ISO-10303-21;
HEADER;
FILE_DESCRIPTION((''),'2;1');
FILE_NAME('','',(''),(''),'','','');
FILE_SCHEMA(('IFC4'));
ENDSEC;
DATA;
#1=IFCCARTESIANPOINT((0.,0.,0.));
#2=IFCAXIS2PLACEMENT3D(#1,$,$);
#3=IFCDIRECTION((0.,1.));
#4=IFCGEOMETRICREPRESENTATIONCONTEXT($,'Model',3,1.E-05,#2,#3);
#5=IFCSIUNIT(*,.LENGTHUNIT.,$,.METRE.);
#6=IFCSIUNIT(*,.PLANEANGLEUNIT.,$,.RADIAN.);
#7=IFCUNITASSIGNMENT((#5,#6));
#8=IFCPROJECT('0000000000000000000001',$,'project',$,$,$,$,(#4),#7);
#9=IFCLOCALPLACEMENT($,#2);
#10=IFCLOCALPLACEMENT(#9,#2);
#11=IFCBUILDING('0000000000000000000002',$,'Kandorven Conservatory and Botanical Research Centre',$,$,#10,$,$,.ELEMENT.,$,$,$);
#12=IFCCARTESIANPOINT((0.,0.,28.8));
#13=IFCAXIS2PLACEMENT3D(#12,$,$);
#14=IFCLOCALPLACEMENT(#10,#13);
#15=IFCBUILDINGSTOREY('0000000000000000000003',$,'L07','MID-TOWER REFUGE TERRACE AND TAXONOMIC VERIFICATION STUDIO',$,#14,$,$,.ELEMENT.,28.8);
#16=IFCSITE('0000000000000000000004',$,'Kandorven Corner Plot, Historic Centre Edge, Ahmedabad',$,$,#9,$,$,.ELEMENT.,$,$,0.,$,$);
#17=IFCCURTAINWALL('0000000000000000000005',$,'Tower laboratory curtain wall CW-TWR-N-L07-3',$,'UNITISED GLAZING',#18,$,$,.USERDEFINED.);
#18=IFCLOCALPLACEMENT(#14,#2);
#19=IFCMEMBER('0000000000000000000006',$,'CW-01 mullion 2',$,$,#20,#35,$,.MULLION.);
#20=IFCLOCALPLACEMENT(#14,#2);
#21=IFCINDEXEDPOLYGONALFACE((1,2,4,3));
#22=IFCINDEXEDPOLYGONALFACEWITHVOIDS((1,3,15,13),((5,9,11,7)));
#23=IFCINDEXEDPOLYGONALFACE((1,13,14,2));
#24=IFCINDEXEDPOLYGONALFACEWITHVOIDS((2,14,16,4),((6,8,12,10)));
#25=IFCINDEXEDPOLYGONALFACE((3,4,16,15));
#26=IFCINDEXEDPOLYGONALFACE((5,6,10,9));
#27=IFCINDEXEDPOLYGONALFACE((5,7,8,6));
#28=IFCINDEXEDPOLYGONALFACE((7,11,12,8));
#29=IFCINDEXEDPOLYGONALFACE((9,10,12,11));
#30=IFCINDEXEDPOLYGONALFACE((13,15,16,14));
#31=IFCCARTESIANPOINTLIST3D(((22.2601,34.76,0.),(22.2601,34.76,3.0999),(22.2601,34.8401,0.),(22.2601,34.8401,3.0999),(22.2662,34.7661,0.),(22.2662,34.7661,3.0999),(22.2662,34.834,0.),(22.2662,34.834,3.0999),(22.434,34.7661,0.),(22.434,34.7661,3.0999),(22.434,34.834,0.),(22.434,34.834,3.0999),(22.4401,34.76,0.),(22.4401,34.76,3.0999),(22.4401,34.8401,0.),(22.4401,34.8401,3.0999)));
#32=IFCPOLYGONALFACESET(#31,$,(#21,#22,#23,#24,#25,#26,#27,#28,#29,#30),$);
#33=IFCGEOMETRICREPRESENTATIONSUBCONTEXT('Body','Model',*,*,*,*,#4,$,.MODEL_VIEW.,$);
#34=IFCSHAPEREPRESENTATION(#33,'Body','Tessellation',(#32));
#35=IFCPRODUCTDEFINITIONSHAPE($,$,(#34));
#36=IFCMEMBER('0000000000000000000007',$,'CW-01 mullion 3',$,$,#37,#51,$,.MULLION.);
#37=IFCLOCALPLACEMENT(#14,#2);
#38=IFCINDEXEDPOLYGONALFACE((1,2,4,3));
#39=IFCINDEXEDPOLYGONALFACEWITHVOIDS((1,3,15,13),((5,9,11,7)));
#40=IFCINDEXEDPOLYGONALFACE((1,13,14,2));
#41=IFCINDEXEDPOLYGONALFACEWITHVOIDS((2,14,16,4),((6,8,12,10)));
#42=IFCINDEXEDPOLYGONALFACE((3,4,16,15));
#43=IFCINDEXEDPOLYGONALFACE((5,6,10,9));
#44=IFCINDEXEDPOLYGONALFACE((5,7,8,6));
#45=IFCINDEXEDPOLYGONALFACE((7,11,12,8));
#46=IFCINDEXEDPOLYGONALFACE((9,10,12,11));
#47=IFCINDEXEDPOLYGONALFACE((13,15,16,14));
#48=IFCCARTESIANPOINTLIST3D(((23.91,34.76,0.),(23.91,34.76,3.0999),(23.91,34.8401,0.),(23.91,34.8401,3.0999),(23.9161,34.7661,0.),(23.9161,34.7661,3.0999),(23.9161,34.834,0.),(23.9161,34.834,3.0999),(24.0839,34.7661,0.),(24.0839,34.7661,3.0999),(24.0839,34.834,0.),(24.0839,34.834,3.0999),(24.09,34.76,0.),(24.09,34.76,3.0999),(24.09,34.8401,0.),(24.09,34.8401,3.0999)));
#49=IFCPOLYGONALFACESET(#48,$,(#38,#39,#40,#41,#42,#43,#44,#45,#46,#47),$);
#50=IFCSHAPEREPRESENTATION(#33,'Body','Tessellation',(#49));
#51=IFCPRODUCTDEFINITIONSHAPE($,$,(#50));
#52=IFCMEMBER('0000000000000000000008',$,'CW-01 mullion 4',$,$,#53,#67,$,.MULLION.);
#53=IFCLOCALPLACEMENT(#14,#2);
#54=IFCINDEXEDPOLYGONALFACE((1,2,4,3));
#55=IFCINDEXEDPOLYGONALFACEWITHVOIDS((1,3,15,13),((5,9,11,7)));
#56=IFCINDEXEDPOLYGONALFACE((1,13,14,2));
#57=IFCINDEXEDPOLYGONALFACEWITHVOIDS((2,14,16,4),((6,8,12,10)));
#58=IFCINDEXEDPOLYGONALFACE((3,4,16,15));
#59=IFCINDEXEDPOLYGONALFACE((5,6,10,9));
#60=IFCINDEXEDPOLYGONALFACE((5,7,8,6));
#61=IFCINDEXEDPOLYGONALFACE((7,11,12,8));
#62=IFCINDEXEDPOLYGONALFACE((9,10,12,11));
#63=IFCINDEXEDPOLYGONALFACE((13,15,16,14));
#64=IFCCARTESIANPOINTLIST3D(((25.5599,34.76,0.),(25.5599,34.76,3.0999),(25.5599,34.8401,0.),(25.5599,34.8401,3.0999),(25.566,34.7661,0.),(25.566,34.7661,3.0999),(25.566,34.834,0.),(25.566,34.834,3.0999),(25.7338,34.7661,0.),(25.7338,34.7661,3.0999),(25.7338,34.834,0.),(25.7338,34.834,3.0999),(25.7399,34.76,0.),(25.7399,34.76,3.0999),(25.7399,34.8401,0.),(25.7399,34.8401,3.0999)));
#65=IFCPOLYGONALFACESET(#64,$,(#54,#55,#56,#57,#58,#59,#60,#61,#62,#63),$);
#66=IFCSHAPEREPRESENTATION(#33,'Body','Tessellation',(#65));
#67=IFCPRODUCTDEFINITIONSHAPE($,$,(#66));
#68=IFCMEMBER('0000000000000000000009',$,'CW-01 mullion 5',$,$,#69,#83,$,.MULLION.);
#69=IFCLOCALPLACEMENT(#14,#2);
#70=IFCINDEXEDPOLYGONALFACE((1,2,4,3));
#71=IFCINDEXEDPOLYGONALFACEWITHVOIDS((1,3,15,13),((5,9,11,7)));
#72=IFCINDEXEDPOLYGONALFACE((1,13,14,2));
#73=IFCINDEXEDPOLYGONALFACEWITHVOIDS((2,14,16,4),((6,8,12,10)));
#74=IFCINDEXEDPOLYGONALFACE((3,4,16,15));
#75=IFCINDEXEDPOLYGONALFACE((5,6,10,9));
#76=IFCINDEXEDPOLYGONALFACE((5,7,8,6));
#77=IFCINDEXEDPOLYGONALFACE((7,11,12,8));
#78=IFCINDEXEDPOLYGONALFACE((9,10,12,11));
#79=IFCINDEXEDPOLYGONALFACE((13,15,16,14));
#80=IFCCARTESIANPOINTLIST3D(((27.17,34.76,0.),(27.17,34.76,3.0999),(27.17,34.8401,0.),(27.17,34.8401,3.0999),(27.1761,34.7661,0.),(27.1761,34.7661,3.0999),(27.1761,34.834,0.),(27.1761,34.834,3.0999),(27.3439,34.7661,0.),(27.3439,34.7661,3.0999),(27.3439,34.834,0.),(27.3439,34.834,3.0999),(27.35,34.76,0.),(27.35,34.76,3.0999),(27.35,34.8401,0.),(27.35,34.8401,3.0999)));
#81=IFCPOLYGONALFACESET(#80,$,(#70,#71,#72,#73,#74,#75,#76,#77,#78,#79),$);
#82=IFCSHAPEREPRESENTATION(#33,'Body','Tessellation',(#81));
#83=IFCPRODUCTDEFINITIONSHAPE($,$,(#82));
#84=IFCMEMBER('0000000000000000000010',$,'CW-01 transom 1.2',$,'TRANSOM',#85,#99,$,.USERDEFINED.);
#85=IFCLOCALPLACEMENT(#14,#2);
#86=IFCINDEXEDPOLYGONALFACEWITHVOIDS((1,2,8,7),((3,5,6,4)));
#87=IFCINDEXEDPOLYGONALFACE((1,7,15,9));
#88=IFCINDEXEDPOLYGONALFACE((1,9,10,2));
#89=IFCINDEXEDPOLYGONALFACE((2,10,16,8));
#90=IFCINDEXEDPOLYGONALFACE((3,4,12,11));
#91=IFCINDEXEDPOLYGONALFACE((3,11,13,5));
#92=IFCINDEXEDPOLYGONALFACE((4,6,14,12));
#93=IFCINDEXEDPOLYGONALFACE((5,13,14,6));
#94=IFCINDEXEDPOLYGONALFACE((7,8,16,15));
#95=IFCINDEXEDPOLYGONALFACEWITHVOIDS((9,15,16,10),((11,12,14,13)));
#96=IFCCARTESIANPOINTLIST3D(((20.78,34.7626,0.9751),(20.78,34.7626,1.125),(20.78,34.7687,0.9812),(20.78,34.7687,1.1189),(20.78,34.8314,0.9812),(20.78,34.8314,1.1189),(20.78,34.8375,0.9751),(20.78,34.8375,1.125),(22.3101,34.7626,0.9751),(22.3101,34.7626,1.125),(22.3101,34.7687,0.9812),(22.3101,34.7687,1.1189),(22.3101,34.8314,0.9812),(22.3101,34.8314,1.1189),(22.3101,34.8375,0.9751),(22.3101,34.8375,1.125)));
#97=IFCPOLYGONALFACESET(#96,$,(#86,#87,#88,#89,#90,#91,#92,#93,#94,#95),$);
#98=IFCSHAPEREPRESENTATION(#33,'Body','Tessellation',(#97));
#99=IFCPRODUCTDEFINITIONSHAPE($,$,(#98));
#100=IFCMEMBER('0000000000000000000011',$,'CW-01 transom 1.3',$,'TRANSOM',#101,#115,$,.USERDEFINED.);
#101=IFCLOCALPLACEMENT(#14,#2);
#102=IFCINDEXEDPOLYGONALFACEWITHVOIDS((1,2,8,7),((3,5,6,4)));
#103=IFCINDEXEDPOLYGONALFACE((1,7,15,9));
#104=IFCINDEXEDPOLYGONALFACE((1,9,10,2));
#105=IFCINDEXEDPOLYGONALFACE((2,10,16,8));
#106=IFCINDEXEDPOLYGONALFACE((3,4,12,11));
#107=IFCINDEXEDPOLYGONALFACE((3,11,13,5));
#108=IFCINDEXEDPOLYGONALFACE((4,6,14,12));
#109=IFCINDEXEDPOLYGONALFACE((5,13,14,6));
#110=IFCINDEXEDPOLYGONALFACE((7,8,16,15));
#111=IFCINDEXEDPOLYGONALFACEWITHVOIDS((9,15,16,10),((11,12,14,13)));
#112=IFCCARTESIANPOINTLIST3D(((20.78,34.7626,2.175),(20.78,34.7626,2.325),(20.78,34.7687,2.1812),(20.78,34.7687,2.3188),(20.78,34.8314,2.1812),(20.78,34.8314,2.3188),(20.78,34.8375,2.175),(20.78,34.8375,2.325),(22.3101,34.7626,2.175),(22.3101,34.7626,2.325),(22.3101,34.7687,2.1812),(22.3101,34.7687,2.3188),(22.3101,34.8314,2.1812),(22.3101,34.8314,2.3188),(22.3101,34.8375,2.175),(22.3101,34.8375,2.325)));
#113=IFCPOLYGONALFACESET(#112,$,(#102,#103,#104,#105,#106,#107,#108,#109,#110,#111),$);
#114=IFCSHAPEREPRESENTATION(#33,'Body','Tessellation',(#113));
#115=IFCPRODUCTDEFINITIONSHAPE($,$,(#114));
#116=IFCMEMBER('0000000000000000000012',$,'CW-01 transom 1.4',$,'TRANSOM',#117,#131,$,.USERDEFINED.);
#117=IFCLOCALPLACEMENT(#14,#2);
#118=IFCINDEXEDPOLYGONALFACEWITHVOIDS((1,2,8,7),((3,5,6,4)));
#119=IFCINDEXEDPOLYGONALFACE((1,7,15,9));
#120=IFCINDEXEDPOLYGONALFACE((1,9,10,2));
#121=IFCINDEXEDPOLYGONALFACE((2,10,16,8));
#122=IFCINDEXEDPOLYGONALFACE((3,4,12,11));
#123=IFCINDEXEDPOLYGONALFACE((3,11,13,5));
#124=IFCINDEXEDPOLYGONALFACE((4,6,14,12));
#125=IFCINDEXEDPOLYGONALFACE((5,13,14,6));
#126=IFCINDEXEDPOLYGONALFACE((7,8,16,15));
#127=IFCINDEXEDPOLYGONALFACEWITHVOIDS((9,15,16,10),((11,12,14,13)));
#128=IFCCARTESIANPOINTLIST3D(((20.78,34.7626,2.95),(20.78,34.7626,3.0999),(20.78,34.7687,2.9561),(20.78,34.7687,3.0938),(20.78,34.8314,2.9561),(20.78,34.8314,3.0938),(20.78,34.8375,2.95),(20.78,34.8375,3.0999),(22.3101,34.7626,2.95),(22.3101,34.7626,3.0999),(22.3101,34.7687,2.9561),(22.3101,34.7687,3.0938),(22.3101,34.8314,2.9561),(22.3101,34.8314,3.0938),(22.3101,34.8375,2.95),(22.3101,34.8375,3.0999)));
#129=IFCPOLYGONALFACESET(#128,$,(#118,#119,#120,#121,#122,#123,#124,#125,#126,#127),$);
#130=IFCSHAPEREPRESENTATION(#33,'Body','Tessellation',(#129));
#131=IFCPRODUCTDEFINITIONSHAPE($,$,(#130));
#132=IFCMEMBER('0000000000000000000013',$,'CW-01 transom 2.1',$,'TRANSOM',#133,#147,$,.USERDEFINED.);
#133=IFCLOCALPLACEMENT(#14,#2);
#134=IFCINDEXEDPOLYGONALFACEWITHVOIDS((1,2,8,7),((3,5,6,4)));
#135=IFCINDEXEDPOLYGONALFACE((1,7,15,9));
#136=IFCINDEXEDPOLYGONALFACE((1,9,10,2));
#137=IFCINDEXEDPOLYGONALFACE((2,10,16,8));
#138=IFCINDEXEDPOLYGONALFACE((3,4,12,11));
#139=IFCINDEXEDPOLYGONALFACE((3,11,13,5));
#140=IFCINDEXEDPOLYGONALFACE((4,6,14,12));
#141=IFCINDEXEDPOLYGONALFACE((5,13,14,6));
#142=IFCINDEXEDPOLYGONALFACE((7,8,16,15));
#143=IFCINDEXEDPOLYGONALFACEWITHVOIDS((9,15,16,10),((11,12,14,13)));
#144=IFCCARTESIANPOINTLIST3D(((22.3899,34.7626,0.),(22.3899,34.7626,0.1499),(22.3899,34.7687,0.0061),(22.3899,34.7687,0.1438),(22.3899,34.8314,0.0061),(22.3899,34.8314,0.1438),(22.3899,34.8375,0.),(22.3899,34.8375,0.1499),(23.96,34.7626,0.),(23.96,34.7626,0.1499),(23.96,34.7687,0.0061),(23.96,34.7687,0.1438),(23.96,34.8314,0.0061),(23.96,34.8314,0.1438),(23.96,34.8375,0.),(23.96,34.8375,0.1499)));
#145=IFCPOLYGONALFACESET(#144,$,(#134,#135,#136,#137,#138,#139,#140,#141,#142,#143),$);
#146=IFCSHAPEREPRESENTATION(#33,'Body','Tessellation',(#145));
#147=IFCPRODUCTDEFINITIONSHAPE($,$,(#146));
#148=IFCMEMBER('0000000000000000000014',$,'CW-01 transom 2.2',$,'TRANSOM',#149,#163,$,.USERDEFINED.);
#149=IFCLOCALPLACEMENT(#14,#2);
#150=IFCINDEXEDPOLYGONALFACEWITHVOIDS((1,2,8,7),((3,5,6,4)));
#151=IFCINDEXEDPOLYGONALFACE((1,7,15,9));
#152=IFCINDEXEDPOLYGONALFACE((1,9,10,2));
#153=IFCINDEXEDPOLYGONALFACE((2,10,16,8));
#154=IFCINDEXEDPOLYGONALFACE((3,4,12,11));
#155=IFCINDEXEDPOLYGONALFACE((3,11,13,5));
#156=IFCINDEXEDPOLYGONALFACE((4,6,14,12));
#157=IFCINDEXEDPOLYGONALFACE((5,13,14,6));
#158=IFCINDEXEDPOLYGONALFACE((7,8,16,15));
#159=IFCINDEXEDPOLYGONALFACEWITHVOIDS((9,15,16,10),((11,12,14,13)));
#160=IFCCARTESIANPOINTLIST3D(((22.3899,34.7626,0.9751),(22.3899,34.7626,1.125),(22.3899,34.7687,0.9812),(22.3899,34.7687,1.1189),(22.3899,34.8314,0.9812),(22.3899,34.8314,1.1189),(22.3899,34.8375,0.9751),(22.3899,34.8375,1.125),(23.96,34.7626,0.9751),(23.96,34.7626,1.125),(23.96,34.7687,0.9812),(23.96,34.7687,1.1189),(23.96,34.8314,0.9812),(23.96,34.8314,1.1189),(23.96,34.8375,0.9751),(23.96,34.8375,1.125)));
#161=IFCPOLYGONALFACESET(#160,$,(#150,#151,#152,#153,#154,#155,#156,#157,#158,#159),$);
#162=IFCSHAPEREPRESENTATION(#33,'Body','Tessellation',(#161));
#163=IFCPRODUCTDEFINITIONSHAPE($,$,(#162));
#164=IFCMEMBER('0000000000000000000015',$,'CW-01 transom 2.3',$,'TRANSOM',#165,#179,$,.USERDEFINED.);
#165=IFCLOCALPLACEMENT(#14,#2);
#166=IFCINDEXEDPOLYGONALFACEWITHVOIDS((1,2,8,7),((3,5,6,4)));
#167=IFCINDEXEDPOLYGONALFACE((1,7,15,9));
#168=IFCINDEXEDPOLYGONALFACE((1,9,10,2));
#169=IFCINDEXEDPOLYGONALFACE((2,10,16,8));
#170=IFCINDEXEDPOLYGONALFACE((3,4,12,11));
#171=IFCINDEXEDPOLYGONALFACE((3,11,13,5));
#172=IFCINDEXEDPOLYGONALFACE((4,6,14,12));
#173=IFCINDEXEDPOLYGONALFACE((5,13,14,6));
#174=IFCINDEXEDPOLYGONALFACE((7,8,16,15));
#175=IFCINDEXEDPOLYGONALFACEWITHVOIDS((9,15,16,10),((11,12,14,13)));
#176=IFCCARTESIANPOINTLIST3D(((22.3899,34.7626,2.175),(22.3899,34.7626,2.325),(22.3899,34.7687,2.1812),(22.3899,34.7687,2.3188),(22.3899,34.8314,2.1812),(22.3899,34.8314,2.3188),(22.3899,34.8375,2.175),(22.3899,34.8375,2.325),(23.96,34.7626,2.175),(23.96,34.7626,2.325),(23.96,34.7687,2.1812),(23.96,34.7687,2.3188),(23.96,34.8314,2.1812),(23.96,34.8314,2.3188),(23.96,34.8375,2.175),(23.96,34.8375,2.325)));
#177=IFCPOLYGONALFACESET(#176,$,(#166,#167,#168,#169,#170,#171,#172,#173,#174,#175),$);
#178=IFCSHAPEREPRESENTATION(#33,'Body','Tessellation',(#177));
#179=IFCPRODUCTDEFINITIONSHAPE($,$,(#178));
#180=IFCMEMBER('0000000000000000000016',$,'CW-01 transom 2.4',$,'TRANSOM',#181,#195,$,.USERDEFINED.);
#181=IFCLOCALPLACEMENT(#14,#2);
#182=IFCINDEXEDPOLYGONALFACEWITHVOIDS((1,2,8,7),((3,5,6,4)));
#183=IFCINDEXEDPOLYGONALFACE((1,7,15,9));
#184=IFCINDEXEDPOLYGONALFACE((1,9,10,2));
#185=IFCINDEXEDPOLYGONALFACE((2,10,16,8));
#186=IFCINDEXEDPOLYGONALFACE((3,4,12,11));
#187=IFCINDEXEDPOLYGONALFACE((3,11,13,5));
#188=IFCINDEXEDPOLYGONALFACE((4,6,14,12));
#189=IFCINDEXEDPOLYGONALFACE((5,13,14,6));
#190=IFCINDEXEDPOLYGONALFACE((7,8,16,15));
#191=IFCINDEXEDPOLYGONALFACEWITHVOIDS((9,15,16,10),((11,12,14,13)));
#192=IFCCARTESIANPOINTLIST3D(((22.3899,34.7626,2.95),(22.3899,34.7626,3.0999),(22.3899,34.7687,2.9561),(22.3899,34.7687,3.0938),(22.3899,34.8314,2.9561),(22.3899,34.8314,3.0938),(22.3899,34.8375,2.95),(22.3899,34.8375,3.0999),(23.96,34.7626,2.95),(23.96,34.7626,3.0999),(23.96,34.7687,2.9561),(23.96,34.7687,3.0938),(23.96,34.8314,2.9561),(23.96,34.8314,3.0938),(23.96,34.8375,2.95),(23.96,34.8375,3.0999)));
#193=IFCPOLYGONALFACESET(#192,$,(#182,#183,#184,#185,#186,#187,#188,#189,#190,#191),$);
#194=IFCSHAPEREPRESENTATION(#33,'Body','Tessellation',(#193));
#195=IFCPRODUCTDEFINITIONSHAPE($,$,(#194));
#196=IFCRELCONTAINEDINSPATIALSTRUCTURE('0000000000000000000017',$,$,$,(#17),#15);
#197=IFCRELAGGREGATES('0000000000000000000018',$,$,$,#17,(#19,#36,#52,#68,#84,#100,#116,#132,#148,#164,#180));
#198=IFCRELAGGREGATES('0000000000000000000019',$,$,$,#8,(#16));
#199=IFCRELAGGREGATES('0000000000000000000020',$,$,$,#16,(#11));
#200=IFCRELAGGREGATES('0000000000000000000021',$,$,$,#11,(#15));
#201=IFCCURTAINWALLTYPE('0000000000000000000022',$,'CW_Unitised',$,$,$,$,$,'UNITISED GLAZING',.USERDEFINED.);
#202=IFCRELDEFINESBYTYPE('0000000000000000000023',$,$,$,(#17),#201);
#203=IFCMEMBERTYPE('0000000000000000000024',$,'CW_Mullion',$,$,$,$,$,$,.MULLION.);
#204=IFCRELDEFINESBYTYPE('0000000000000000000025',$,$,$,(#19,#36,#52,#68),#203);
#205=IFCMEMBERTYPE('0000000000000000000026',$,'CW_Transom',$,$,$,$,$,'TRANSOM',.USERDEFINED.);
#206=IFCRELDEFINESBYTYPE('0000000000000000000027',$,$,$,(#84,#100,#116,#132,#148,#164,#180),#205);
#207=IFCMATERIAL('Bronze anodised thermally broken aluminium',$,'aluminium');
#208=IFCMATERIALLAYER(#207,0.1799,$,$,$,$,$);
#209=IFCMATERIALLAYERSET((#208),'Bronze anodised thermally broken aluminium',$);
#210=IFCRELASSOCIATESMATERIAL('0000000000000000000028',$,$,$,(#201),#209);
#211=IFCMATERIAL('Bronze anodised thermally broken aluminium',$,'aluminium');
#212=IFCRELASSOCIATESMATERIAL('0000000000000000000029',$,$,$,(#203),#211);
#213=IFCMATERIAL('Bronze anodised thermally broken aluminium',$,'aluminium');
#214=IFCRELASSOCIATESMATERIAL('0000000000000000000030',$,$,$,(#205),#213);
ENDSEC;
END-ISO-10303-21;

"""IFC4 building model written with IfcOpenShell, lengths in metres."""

from ifc_helpers import new_model, si_unit, direction, frame, origin, origin_2d, place, context, subcontext, project, spatial, hollow_rectangle, extrude, material, layer, layer_set, material_profile, profile_set, type_object, element, aggregate, save


model = new_model("IFC4")

# Units and contexts
model_context = context("Model", 3, precision=1e-05, world=origin(), true_north=direction((0.0, 1.0)))
body_context = subcontext(model_context, "Body", "Model", "MODEL_VIEW")
ifc_project = project(units=[si_unit("LENGTHUNIT", "METRE"), si_unit("PLANEANGLEUNIT", "RADIAN")], contexts=[model_context])

# Site, building, storey
site_placement = place(None, origin())
site = spatial("IfcSite", under=ifc_project, at=site_placement, Name="Kandorven Corner Plot, Historic Centre Edge, Ahmedabad", CompositionType="ELEMENT", RefElevation=0.0)
building_placement = place(site_placement, origin())
building = spatial("IfcBuilding", under=site, at=building_placement, Name="Kandorven Conservatory and Botanical Research Centre", CompositionType="ELEMENT")
storey_placement = place(building_placement, frame((0.0, 0.0, 28.8)))
storey = spatial("IfcBuildingStorey", under=building, at=storey_placement, Name="L07", Description="MID-TOWER REFUGE TERRACE AND TAXONOMIC VERIFICATION STUDIO", CompositionType="ELEMENT", Elevation=28.8)

# Curtain wall, members
ifc_material_1 = material(Name="Bronze anodised thermally broken aluminium", Category="aluminium")
ifc_layer_1 = layer(ifc_material_1, 0.1799)
ifc_layer_set_1 = layer_set([ifc_layer_1], Name="Bronze anodised thermally broken aluminium")
curtain_wall_type = type_object("IfcCurtainWallType", Name="CW_Unitised", ElementType="UNITISED GLAZING", PredefinedType="USERDEFINED", material=ifc_layer_set_1)
curtain_wall_placement = place(storey_placement, origin())
curtain_wall = element("IfcCurtainWall", 1, at=curtain_wall_placement, inside=storey, type_object=curtain_wall_type, Name="Tower laboratory curtain wall CW-TWR-N-L07-3", ObjectType="UNITISED GLAZING", PredefinedType="USERDEFINED")
ifc_material_2 = material(Name="Bronze anodised thermally broken aluminium", Category="aluminium")
ifc_material_profile_1 = material_profile(ifc_material_2, hollow_rectangle(XDim=0.0801, YDim=0.1799, WallThickness=0.0061, at=origin_2d()))
ifc_profile_set_1 = profile_set([ifc_material_profile_1], Name="Bronze anodised thermally broken aluminium")
member_type_1 = type_object("IfcMemberType", Name="CW_Mullion", PredefinedType="MULLION", material=ifc_profile_set_1)
member_1_placement = place(storey_placement, frame((22.3501, 34.8, 0.0), z_axis=(0.0, 0.0, 1.0), x_axis=(0.0, 1.0, 0.0)))
member_1 = element("IfcMember", 2, at=member_1_placement, type_object=member_type_1, Name="CW-01 mullion 2", PredefinedType="MULLION", context=body_context, shape_type="SweptSolid", body=[
    extrude(hollow_rectangle(XDim=0.0801, YDim=0.1799, WallThickness=0.0061, at=origin_2d()), origin(), (0.0, 0.0, 1.0), 3.0999),
])
member_2_placement = place(storey_placement, frame((24.0, 34.8, 0.0), z_axis=(0.0, 0.0, 1.0), x_axis=(0.0, 1.0, 0.0)))
member_2 = element("IfcMember", 3, at=member_2_placement, type_object=member_type_1, Name="CW-01 mullion 3", PredefinedType="MULLION", context=body_context, shape_type="SweptSolid", body=[
    extrude(hollow_rectangle(XDim=0.0801, YDim=0.1799, WallThickness=0.0061, at=origin_2d()), origin(), (0.0, 0.0, 1.0), 3.0999),
])
member_3_placement = place(storey_placement, frame((25.6499, 34.8, 0.0), z_axis=(0.0, 0.0, 1.0), x_axis=(0.0, 1.0, 0.0)))
member_3 = element("IfcMember", 4, at=member_3_placement, type_object=member_type_1, Name="CW-01 mullion 4", PredefinedType="MULLION", context=body_context, shape_type="SweptSolid", body=[
    extrude(hollow_rectangle(XDim=0.0801, YDim=0.1799, WallThickness=0.0061, at=origin_2d()), origin(), (0.0, 0.0, 1.0), 3.0999),
])
member_4_placement = place(storey_placement, frame((27.26, 34.8, 0.0), z_axis=(0.0, 0.0, 1.0), x_axis=(0.0, 1.0, 0.0)))
member_4 = element("IfcMember", 5, at=member_4_placement, type_object=member_type_1, Name="CW-01 mullion 5", PredefinedType="MULLION", context=body_context, shape_type="SweptSolid", body=[
    extrude(hollow_rectangle(XDim=0.0801, YDim=0.1799, WallThickness=0.0061, at=origin_2d()), origin(), (0.0, 0.0, 1.0), 3.0999),
])
ifc_material_3 = material(Name="Bronze anodised thermally broken aluminium", Category="aluminium")
ifc_material_profile_2 = material_profile(ifc_material_3, hollow_rectangle(XDim=0.075, YDim=0.1499, WallThickness=0.0061, at=origin_2d()))
ifc_profile_set_2 = profile_set([ifc_material_profile_2], Name="Bronze anodised thermally broken aluminium")
member_type_2 = type_object("IfcMemberType", Name="CW_Transom", ElementType="TRANSOM", PredefinedType="USERDEFINED", material=ifc_profile_set_2)
member_5_placement = place(storey_placement, frame((20.78, 34.8, 1.05), z_axis=(1.0, 0.0, 0.0), x_axis=(0.0, 1.0, 0.0)))
member_5 = element("IfcMember", 6, at=member_5_placement, type_object=member_type_2, Name="CW-01 transom 1.2", ObjectType="TRANSOM", PredefinedType="USERDEFINED", context=body_context, shape_type="SweptSolid", body=[
    extrude(hollow_rectangle(XDim=0.075, YDim=0.1499, WallThickness=0.0061, at=origin_2d()), origin(), (0.0, 0.0, 1.0), 1.53),
])
member_6_placement = place(storey_placement, frame((20.78, 34.8, 2.25), z_axis=(1.0, 0.0, 0.0), x_axis=(0.0, 1.0, 0.0)))
member_6 = element("IfcMember", 7, at=member_6_placement, type_object=member_type_2, Name="CW-01 transom 1.3", ObjectType="TRANSOM", PredefinedType="USERDEFINED", context=body_context, shape_type="SweptSolid", body=[
    extrude(hollow_rectangle(XDim=0.075, YDim=0.1499, WallThickness=0.0061, at=origin_2d()), origin(), (0.0, 0.0, 1.0), 1.53),
])
member_7_placement = place(storey_placement, frame((20.78, 34.8, 3.0249), z_axis=(1.0, 0.0, 0.0), x_axis=(0.0, 1.0, 0.0)))
member_7 = element("IfcMember", 8, at=member_7_placement, type_object=member_type_2, Name="CW-01 transom 1.4", ObjectType="TRANSOM", PredefinedType="USERDEFINED", context=body_context, shape_type="SweptSolid", body=[
    extrude(hollow_rectangle(XDim=0.075, YDim=0.1499, WallThickness=0.0061, at=origin_2d()), origin(), (0.0, 0.0, 1.0), 1.53),
])
member_8_placement = place(storey_placement, frame((22.3899, 34.8, 0.075), z_axis=(1.0, 0.0, 0.0), x_axis=(0.0, 1.0, 0.0)))
member_8 = element("IfcMember", 9, at=member_8_placement, type_object=member_type_2, Name="CW-01 transom 2.1", ObjectType="TRANSOM", PredefinedType="USERDEFINED", context=body_context, shape_type="SweptSolid", body=[
    extrude(hollow_rectangle(XDim=0.075, YDim=0.1499, WallThickness=0.0061, at=origin_2d()), origin(), (0.0, 0.0, 1.0), 1.5701),
])
member_9_placement = place(storey_placement, frame((22.3899, 34.8, 1.05), z_axis=(1.0, 0.0, 0.0), x_axis=(0.0, 1.0, 0.0)))
member_9 = element("IfcMember", 10, at=member_9_placement, type_object=member_type_2, Name="CW-01 transom 2.2", ObjectType="TRANSOM", PredefinedType="USERDEFINED", context=body_context, shape_type="SweptSolid", body=[
    extrude(hollow_rectangle(XDim=0.075, YDim=0.1499, WallThickness=0.0061, at=origin_2d()), origin(), (0.0, 0.0, 1.0), 1.5701),
])
member_10_placement = place(storey_placement, frame((22.3899, 34.8, 2.25), z_axis=(1.0, 0.0, 0.0), x_axis=(0.0, 1.0, 0.0)))
member_10 = element("IfcMember", 11, at=member_10_placement, type_object=member_type_2, Name="CW-01 transom 2.3", ObjectType="TRANSOM", PredefinedType="USERDEFINED", context=body_context, shape_type="SweptSolid", body=[
    extrude(hollow_rectangle(XDim=0.075, YDim=0.1499, WallThickness=0.0061, at=origin_2d()), origin(), (0.0, 0.0, 1.0), 1.5701),
])
member_11_placement = place(storey_placement, frame((22.3899, 34.8, 3.0249), z_axis=(1.0, 0.0, 0.0), x_axis=(0.0, 1.0, 0.0)))
member_11 = element("IfcMember", 12, at=member_11_placement, type_object=member_type_2, Name="CW-01 transom 2.4", ObjectType="TRANSOM", PredefinedType="USERDEFINED", context=body_context, shape_type="SweptSolid", body=[
    extrude(hollow_rectangle(XDim=0.075, YDim=0.1499, WallThickness=0.0061, at=origin_2d()), origin(), (0.0, 0.0, 1.0), 1.5701),
])
aggregate(curtain_wall, [member_1, member_2, member_3, member_4, member_5, member_6, member_7, member_8, member_9, member_10, member_11])

save(model, "model.ifc")
